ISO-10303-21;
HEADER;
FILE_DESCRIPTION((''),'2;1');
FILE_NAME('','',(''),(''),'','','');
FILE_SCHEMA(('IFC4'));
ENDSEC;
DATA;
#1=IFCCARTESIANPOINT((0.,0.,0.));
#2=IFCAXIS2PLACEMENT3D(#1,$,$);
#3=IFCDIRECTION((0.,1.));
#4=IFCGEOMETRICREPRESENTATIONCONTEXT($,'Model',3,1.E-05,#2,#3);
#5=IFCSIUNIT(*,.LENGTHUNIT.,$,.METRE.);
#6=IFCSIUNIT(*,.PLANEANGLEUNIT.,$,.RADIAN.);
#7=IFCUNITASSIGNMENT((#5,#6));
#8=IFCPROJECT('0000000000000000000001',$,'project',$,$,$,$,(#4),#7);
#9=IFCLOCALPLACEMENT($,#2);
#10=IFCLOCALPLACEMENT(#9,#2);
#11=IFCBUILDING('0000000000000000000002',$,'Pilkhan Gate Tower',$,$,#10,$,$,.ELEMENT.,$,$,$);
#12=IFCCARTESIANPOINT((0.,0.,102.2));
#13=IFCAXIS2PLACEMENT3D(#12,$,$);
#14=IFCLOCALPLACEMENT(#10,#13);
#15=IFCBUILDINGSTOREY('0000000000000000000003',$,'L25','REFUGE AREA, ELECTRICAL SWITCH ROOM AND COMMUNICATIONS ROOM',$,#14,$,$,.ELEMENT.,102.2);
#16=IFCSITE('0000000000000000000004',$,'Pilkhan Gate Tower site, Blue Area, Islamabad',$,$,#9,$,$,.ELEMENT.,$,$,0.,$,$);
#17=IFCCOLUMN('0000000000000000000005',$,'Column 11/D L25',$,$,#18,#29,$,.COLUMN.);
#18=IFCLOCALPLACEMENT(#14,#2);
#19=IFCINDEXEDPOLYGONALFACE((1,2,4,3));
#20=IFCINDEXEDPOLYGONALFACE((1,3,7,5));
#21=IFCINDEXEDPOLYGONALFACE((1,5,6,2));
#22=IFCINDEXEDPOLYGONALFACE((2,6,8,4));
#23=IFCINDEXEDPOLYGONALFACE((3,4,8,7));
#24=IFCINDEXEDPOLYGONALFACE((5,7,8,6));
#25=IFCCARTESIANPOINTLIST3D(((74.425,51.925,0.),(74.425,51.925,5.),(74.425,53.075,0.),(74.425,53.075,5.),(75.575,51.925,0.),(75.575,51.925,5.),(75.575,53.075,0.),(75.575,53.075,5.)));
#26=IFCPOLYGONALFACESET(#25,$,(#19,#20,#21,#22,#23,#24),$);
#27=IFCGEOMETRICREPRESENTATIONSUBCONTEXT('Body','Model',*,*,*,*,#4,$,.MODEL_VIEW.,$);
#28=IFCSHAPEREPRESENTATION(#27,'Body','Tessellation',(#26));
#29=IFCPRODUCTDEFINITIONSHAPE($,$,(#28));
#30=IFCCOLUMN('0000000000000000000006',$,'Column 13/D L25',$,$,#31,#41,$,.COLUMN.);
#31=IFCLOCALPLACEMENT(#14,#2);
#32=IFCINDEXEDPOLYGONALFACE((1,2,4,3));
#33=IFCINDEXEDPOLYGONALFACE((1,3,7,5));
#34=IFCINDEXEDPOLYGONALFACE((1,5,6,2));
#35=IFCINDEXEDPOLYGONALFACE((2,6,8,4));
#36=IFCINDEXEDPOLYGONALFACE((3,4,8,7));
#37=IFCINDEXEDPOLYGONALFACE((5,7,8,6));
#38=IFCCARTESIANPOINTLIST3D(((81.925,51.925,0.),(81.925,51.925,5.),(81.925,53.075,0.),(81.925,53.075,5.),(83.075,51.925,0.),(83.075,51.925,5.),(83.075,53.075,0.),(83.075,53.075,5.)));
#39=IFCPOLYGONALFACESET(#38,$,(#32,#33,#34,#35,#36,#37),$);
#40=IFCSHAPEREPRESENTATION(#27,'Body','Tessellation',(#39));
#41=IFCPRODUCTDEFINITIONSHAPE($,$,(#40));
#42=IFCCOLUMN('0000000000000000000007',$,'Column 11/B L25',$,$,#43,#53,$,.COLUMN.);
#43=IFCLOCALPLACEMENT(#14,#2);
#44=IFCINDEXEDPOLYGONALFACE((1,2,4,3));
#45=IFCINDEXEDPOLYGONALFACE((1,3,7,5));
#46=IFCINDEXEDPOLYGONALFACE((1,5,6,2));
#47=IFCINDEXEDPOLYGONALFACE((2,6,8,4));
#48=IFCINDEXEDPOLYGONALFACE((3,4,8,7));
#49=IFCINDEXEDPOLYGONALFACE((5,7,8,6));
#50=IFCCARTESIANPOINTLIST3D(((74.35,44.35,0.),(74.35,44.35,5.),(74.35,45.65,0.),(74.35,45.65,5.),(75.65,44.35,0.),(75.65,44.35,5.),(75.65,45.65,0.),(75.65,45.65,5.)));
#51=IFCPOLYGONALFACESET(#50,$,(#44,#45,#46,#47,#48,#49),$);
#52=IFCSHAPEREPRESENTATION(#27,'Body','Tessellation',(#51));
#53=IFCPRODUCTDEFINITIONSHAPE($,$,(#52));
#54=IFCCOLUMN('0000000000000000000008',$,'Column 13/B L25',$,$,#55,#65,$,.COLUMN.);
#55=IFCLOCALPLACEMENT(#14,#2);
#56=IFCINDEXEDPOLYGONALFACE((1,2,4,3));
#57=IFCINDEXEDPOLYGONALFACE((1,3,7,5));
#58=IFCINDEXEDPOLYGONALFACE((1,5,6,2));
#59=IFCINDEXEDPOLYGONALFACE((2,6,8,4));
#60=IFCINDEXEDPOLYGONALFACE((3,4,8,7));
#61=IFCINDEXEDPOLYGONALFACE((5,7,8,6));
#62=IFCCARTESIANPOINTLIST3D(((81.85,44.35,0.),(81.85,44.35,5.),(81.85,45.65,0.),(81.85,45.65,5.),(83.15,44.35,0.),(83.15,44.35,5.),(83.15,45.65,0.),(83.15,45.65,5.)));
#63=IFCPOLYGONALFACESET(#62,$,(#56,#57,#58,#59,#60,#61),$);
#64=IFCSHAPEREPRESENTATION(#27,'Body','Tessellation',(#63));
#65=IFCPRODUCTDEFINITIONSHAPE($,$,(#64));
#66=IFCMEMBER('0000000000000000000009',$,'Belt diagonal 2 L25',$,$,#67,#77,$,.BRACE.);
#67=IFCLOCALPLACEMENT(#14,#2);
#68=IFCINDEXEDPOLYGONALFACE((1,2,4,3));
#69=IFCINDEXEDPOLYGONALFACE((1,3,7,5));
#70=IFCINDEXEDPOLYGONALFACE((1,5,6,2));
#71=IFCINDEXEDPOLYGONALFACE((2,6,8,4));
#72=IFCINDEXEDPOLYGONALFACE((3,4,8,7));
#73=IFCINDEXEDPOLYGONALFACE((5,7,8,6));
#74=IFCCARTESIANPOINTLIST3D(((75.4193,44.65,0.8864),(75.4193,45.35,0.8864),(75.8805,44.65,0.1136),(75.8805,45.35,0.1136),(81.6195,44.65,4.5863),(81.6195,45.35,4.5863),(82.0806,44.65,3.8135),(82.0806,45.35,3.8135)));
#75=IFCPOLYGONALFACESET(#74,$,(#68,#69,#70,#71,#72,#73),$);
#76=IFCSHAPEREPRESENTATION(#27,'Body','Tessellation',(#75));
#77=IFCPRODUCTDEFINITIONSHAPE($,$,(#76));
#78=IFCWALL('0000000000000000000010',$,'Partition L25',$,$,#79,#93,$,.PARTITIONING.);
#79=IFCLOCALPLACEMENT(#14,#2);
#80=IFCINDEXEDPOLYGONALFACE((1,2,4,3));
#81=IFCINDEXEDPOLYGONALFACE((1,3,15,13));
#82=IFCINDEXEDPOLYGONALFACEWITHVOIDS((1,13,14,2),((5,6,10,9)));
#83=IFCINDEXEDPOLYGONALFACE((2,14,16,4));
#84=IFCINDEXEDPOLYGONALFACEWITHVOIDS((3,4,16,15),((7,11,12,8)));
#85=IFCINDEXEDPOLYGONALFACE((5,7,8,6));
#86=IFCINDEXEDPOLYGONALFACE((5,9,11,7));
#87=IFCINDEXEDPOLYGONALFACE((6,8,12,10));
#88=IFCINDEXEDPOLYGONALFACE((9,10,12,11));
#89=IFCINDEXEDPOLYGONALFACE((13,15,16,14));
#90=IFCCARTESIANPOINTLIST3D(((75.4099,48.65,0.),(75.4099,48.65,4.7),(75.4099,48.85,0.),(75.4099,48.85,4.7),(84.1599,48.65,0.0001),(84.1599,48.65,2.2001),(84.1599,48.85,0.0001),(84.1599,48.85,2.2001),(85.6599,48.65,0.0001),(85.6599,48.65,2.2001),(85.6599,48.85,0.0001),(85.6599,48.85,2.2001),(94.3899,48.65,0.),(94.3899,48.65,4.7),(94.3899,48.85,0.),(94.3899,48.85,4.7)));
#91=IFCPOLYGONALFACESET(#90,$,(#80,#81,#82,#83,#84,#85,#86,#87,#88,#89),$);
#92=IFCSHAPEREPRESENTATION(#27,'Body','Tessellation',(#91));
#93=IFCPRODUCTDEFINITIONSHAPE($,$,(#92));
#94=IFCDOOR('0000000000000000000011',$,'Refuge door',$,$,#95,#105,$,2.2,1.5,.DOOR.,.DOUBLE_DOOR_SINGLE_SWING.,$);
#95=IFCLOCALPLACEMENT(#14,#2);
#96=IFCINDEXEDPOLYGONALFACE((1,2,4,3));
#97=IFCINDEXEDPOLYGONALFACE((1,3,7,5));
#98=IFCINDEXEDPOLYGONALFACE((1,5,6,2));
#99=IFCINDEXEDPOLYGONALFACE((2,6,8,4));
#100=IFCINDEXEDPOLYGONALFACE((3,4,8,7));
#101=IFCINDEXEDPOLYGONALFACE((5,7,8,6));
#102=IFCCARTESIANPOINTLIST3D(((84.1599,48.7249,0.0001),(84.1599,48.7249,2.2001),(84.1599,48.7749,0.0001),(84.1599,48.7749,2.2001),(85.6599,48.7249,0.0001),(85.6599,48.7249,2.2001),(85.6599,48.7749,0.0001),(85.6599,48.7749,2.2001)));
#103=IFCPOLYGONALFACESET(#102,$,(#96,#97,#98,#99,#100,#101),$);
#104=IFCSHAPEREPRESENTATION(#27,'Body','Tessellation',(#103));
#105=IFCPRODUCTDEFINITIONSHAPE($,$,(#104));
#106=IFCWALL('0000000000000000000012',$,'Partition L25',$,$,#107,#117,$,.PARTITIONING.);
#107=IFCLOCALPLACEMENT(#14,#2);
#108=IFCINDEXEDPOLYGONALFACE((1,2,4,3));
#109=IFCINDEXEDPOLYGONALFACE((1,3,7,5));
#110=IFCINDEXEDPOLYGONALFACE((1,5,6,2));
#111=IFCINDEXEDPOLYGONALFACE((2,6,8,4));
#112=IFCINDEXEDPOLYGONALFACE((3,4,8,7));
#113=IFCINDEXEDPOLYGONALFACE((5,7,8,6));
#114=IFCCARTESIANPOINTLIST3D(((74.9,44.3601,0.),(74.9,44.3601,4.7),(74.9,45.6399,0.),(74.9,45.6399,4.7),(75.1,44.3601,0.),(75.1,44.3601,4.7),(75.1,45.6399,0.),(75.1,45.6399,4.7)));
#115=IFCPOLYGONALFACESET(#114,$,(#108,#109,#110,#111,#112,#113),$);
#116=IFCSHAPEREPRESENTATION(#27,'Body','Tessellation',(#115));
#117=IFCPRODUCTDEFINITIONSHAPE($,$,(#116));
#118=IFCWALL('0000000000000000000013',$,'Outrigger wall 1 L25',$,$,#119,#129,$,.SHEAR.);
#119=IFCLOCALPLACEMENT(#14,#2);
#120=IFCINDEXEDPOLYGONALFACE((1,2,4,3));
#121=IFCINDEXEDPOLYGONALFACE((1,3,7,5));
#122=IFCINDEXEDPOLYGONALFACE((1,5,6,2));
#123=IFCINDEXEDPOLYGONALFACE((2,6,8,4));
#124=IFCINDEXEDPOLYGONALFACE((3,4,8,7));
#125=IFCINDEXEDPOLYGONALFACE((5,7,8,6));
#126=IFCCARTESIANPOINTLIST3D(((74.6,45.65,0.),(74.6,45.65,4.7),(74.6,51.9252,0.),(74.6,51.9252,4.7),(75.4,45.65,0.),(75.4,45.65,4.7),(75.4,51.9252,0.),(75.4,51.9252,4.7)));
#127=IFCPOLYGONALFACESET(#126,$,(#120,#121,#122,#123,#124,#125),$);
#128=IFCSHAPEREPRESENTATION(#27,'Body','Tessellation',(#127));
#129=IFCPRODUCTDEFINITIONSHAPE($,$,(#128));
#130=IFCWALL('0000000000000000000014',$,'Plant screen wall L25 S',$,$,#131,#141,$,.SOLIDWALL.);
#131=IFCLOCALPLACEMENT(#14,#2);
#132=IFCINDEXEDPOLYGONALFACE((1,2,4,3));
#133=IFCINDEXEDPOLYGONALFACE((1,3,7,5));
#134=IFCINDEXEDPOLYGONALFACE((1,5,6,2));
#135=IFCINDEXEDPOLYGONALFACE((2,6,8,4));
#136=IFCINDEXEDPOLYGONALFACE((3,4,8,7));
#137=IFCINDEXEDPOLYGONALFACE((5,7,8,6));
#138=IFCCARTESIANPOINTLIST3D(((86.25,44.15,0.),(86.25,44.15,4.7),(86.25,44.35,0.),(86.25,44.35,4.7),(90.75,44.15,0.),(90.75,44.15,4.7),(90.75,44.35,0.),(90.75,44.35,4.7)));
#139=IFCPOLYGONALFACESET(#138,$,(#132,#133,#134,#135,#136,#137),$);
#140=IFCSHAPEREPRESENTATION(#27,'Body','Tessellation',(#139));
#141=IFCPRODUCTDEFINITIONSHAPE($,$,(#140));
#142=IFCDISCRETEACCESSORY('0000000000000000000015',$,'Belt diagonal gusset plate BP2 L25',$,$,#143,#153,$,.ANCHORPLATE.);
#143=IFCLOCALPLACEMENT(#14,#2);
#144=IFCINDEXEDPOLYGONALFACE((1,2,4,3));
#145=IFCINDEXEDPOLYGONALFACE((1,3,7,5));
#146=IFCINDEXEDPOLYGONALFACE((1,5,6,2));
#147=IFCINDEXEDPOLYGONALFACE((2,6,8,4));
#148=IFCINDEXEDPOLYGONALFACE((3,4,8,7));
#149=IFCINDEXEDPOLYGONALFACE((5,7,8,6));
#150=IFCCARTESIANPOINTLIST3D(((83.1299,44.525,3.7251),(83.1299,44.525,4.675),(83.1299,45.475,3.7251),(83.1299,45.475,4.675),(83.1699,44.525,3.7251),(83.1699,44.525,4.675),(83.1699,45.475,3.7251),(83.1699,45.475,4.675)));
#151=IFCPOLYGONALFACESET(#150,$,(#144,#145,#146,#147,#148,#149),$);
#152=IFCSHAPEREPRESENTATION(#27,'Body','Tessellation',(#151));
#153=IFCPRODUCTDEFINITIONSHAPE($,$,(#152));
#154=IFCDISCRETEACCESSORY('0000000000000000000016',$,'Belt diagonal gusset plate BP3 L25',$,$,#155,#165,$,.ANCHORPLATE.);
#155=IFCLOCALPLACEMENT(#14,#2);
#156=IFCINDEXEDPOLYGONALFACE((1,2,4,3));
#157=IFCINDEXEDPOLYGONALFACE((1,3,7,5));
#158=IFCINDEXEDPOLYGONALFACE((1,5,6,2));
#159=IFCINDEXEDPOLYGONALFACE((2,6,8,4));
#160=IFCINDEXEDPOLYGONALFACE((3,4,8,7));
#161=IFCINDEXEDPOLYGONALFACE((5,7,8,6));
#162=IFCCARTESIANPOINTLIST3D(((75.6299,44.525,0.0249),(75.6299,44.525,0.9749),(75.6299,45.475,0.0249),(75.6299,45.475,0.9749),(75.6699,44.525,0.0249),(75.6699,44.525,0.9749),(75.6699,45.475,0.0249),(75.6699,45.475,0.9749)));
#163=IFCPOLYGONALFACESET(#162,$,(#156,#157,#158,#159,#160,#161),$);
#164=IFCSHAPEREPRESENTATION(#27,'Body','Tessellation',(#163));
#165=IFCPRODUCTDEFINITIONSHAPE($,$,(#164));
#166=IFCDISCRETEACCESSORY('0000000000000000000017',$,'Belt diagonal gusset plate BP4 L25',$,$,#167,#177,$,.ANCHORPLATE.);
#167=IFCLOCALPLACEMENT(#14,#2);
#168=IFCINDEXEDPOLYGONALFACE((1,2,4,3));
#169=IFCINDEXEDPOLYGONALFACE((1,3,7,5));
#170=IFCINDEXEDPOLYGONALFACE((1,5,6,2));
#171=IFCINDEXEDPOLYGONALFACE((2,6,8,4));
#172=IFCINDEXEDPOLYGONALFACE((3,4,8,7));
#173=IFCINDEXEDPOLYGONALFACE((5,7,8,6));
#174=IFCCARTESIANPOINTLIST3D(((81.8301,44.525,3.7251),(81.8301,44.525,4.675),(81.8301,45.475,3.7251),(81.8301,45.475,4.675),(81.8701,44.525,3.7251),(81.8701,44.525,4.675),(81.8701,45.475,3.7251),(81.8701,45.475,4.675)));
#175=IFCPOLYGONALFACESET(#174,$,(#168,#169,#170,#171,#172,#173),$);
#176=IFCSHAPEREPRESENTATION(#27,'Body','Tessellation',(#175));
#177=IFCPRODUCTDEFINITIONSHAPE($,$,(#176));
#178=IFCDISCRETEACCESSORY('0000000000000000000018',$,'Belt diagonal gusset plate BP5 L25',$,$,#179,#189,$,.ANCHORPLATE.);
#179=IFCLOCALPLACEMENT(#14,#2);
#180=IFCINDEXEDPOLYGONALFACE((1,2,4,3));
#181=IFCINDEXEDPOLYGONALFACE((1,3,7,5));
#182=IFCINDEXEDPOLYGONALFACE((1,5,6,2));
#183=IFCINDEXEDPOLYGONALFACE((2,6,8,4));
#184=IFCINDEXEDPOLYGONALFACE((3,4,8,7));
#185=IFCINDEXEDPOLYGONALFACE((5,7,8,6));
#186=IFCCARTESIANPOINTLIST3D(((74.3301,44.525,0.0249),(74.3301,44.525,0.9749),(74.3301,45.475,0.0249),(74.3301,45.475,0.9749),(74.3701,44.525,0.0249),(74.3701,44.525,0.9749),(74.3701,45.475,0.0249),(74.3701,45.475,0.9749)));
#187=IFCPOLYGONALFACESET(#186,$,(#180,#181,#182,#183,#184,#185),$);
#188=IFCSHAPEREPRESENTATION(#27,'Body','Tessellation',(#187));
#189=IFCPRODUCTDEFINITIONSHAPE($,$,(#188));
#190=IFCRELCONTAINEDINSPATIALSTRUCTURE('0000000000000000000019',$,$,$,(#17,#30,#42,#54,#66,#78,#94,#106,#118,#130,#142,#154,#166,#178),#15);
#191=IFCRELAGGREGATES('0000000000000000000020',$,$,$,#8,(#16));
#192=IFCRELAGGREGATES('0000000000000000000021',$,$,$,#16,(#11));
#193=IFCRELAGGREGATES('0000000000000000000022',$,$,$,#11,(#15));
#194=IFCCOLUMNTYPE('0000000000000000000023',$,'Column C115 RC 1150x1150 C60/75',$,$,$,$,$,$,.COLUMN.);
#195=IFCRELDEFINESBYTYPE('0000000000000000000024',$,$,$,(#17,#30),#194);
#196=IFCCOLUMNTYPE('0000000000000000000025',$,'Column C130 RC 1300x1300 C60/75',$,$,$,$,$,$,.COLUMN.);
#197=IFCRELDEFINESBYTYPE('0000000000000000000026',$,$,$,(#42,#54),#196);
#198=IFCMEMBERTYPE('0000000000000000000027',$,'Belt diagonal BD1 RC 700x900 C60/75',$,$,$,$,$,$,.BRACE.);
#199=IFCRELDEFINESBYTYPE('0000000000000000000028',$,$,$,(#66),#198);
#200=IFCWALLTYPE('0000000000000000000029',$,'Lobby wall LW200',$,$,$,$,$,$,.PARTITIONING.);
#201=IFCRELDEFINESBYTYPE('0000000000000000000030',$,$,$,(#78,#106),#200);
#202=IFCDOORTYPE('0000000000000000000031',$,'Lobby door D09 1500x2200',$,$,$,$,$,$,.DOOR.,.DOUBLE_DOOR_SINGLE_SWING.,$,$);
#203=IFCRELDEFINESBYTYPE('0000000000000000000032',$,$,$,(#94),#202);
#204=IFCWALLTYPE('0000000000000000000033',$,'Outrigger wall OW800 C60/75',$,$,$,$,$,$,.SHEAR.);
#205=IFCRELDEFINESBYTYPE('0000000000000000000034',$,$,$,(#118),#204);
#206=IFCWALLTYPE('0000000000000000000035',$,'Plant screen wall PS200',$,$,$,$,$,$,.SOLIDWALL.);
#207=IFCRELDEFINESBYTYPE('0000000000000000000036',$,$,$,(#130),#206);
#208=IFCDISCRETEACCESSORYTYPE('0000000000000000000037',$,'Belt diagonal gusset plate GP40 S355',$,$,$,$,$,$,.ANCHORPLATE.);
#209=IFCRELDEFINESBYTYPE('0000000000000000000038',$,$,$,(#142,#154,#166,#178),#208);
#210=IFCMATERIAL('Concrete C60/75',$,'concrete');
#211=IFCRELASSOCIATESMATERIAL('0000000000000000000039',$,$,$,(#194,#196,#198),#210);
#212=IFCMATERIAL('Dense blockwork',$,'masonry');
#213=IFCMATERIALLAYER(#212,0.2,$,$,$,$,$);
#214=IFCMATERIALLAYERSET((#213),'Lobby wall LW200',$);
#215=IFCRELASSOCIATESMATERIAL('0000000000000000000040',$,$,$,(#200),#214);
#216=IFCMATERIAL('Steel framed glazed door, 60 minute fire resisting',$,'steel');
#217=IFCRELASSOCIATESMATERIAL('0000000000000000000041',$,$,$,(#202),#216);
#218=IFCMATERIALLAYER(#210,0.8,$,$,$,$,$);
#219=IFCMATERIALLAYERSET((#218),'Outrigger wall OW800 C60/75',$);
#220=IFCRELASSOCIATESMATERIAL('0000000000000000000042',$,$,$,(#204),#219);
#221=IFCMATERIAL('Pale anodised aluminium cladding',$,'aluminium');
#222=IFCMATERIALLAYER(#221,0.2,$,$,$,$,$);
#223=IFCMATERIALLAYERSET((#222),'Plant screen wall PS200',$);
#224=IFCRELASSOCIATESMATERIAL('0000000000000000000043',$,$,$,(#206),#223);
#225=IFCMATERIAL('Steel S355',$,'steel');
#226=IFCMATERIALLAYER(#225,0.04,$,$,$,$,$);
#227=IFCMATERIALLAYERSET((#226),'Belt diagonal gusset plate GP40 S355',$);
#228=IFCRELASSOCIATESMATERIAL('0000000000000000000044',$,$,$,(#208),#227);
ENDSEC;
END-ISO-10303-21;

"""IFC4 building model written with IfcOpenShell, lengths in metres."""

from ifc_helpers import new_model, si_unit, direction, frame, frame_2d, origin, origin_2d, place, context, subcontext, project, spatial, rectangle, extrude, material, layer, layer_set, material_profile, profile_set, type_object, element, fill, save


model = new_model("IFC4")

# Units and contexts
model_context = context("Model", 3, precision=1e-05, world=origin(), true_north=direction((0.0, 1.0)))
body_context = subcontext(model_context, "Body", "Model", "MODEL_VIEW")
ifc_project = project(units=[si_unit("LENGTHUNIT", "METRE"), si_unit("PLANEANGLEUNIT", "RADIAN")], contexts=[model_context])

# Site, building, storey
site_placement = place(None, origin())
site = spatial("IfcSite", under=ifc_project, at=site_placement, Name="Pilkhan Gate Tower site, Blue Area, Islamabad", CompositionType="ELEMENT", RefElevation=0.0)
building_placement = place(site_placement, origin())
building = spatial("IfcBuilding", under=site, at=building_placement, Name="Pilkhan Gate Tower", CompositionType="ELEMENT")
storey_placement = place(building_placement, frame((0.0, 0.0, 102.2)))
storey = spatial("IfcBuildingStorey", under=building, at=storey_placement, Name="L25", Description="REFUGE AREA, ELECTRICAL SWITCH ROOM AND COMMUNICATIONS ROOM", CompositionType="ELEMENT", Elevation=102.2)

# Columns
ifc_material_1 = material(Name="Concrete C60/75", Category="concrete")
ifc_material_profile_1 = material_profile(ifc_material_1, rectangle(XDim=1.1499, YDim=1.1499, at=origin_2d()), Name="RC 1150x1150")
ifc_profile_set_1 = profile_set([ifc_material_profile_1], Name="Concrete C60/75")
column_type_1 = type_object("IfcColumnType", Name="Column C115 RC 1150x1150 C60/75", PredefinedType="COLUMN", material=ifc_profile_set_1)
for number, where, z_axis, x_axis, name in (
    (1, (75.0, 52.5, 0.0), (0.0, 0.0, 1.0), (1.0, 0.0, 0.0), "Column 11/D L25"),
    (2, (82.5, 52.5, 0.0), (0.0, 0.0, 1.0), (1.0, 0.0, 0.0), "Column 13/D L25"),
):
    element("IfcColumn", number, at=place(storey_placement, frame(where, z_axis=z_axis, x_axis=x_axis)), inside=storey, type_object=column_type_1, Name=name, PredefinedType="COLUMN", context=body_context, shape_type="SweptSolid", body=[
        extrude(rectangle(XDim=1.1499, YDim=1.1499, at=origin_2d()), origin(), (0.0, 0.0, 1.0), 5.0),
    ])
ifc_material_profile_2 = material_profile(ifc_material_1, rectangle(XDim=1.3, YDim=1.3, at=origin_2d()), Name="RC 1300x1300")
ifc_profile_set_2 = profile_set([ifc_material_profile_2], Name="Concrete C60/75")
column_type_2 = type_object("IfcColumnType", Name="Column C130 RC 1300x1300 C60/75", PredefinedType="COLUMN", material=ifc_profile_set_2)
for number, where, z_axis, x_axis, name in (
    (3, (75.0, 45.0, 0.0), (0.0, 0.0, 1.0), (1.0, 0.0, 0.0), "Column 11/B L25"),
    (4, (82.5, 45.0, 0.0), (0.0, 0.0, 1.0), (1.0, 0.0, 0.0), "Column 13/B L25"),
):
    element("IfcColumn", number, at=place(storey_placement, frame(where, z_axis=z_axis, x_axis=x_axis)), inside=storey, type_object=column_type_2, Name=name, PredefinedType="COLUMN", context=body_context, shape_type="SweptSolid", body=[
        extrude(rectangle(XDim=1.3, YDim=1.3, at=origin_2d()), origin(), (0.0, 0.0, 1.0), 5.0),
    ])

# Member
ifc_material_profile_3 = material_profile(ifc_material_1, rectangle(XDim=0.7, YDim=0.8999, at=origin_2d()), Name="RC 700x900")
ifc_profile_set_3 = profile_set([ifc_material_profile_3], Name="Concrete C60/75")
member_type = type_object("IfcMemberType", Name="Belt diagonal BD1 RC 700x900 C60/75", PredefinedType="BRACE", material=ifc_profile_set_3)
member_placement = place(storey_placement, frame((75.6499, 45.0, 0.5), z_axis=(0.858723, 0.0, 0.512441), x_axis=(0.0, 1.0, 0.0)))
element("IfcMember", 5, at=member_placement, inside=storey, type_object=member_type, Name="Belt diagonal 2 L25", PredefinedType="BRACE", context=body_context, shape_type="SweptSolid", body=[
    extrude(rectangle(XDim=0.7, YDim=0.8999, at=origin_2d()), origin(), (0.0, 0.0, 1.0), 7.2202),
])

# Wall, opening, door
ifc_material_2 = material(Name="Dense blockwork", Category="masonry")
ifc_layer_1 = layer(ifc_material_2, 0.2)
ifc_layer_set_1 = layer_set([ifc_layer_1], Name="Lobby wall LW200")
wall_type_1 = type_object("IfcWallType", Name="Lobby wall LW200", PredefinedType="PARTITIONING", material=ifc_layer_set_1)
wall_1_placement = place(storey_placement, frame((75.4099, 48.75, 0.0), z_axis=(0.0, 0.0, 1.0), x_axis=(1.0, 0.0, 0.0)))
wall_1 = element("IfcWall", 6, at=wall_1_placement, inside=storey, type_object=wall_type_1, Name="Partition L25", PredefinedType="PARTITIONING", context=body_context, shape_type="SweptSolid", body=[
    extrude(rectangle(XDim=18.98, YDim=0.2, at=frame_2d((9.49, 0.0))), origin(), (0.0, 0.0, 1.0), 4.7),
])
opening_1_placement = place(wall_1_placement, frame((8.75, 0.0, 0.0)))
opening_1 = element("IfcOpeningElement", 7, at=opening_1_placement, cuts=wall_1, PredefinedType="OPENING", context=body_context, shape_type="SweptSolid", body=[
    extrude(rectangle(XDim=1.5, YDim=2.2, at=frame_2d((0.75, 1.1001))), frame((0.0, 0.1099, 0.0), z_axis=(0.0, -1.0, 0.0), x_axis=(1.0, 0.0, 0.0)), (0.0, 0.0, 1.0), 0.22),
])
ifc_material_3 = material(Name="Steel framed glazed door, 60 minute fire resisting", Category="steel")
door_type_1 = type_object("IfcDoorType", Name="Lobby door D09 1500x2200", OperationType="DOUBLE_DOOR_SINGLE_SWING", PredefinedType="DOOR", material=ifc_material_3)
door_1_placement = place(opening_1_placement, origin())
door_1 = element("IfcDoor", 8, at=door_1_placement, inside=storey, type_object=door_type_1, Name="Refuge door", OperationType="DOUBLE_DOOR_SINGLE_SWING", OverallHeight=2.2, OverallWidth=1.5, PredefinedType="DOOR", context=body_context, shape_type="SweptSolid", body=[
    extrude(rectangle(XDim=1.5, YDim=2.2, at=frame_2d((0.75, 1.1001))), frame((0.0, 0.0249, 0.0), z_axis=(0.0, -1.0, 0.0), x_axis=(1.0, 0.0, 0.0)), (0.0, 0.0, 1.0), 0.05),
])
fill(opening_1, door_1)

# Walls
wall_2_placement = place(storey_placement, frame((75.0, 44.3601, 0.0), z_axis=(0.0, 0.0, 1.0), x_axis=(0.0, 1.0, 0.0)))
element("IfcWall", 9, at=wall_2_placement, inside=storey, type_object=wall_type_1, Name="Partition L25", PredefinedType="PARTITIONING", context=body_context, shape_type="SweptSolid", body=[
    extrude(rectangle(XDim=1.2798, YDim=0.2, at=frame_2d((0.6399, 0.0))), origin(), (0.0, 0.0, 1.0), 4.7),
])
ifc_layer_2 = layer(ifc_material_1, 0.8)
ifc_layer_set_2 = layer_set([ifc_layer_2], Name="Outrigger wall OW800 C60/75")
wall_type_2 = type_object("IfcWallType", Name="Outrigger wall OW800 C60/75", PredefinedType="SHEAR", material=ifc_layer_set_2)
wall_3_placement = place(storey_placement, frame((75.0, 45.6499, 0.0), z_axis=(0.0, 0.0, 1.0), x_axis=(0.0, 1.0, 0.0)))
element("IfcWall", 10, at=wall_3_placement, inside=storey, type_object=wall_type_2, Name="Outrigger wall 1 L25", PredefinedType="SHEAR", context=body_context, shape_type="SweptSolid", body=[
    extrude(rectangle(XDim=6.2751, YDim=0.8, at=frame_2d((3.1377, 0.0))), origin(), (0.0, 0.0, 1.0), 4.7),
])

# Shared definitions
ifc_material_4 = material(Name="Pale anodised aluminium cladding", Category="aluminium")
ifc_layer_3 = layer(ifc_material_4, 0.2)
ifc_layer_set_3 = layer_set([ifc_layer_3], Name="Plant screen wall PS200")
wall_type_3 = type_object("IfcWallType", Name="Plant screen wall PS200", PredefinedType="SOLIDWALL", material=ifc_layer_set_3)

# Wall
wall_4_placement = place(storey_placement, frame((86.25, 44.25, 0.0), z_axis=(0.0, 0.0, 1.0), x_axis=(1.0, 0.0, 0.0)))
element("IfcWall", 11, at=wall_4_placement, inside=storey, type_object=wall_type_3, Name="Plant screen wall L25 S", PredefinedType="SOLIDWALL", context=body_context, shape_type="SweptSolid", body=[
    extrude(rectangle(XDim=4.5, YDim=0.2, at=frame_2d((2.25, 0.0))), origin(), (0.0, 0.0, 1.0), 4.7),
])

# Discrete accessories
ifc_material_5 = material(Name="Steel S355", Category="steel")
ifc_layer_4 = layer(ifc_material_5, 0.04)
ifc_layer_set_4 = layer_set([ifc_layer_4], Name="Belt diagonal gusset plate GP40 S355")
discrete_accessory_type = type_object("IfcDiscreteAccessoryType", Name="Belt diagonal gusset plate GP40 S355", PredefinedType="ANCHORPLATE", material=ifc_layer_set_4)
for number, where, z_axis, x_axis, name in (
    (12, (83.1499, 45.0, 3.7251), (0.0, 0.0, 1.0), (1.0, 0.0, 0.0), "Belt diagonal gusset plate BP2 L25"),
    (13, (75.6499, 45.0, 0.0249), (0.0, 0.0, 1.0), (1.0, 0.0, 0.0), "Belt diagonal gusset plate BP3 L25"),
    (14, (81.8501, 45.0, 3.7251), (0.0, 0.0, 1.0), (1.0, 0.0, 0.0), "Belt diagonal gusset plate BP4 L25"),
    (15, (74.3501, 45.0, 0.0249), (0.0, 0.0, 1.0), (1.0, 0.0, 0.0), "Belt diagonal gusset plate BP5 L25"),
):
    element("IfcDiscreteAccessory", number, at=place(storey_placement, frame(where, z_axis=z_axis, x_axis=x_axis)), inside=storey, type_object=discrete_accessory_type, Name=name, PredefinedType="ANCHORPLATE", context=body_context, shape_type="SweptSolid", body=[
        extrude(rectangle(XDim=0.04, YDim=0.95, at=origin_2d()), origin(), (0.0, 0.0, 1.0), 0.95),
    ])

save(model, "model.ifc")
